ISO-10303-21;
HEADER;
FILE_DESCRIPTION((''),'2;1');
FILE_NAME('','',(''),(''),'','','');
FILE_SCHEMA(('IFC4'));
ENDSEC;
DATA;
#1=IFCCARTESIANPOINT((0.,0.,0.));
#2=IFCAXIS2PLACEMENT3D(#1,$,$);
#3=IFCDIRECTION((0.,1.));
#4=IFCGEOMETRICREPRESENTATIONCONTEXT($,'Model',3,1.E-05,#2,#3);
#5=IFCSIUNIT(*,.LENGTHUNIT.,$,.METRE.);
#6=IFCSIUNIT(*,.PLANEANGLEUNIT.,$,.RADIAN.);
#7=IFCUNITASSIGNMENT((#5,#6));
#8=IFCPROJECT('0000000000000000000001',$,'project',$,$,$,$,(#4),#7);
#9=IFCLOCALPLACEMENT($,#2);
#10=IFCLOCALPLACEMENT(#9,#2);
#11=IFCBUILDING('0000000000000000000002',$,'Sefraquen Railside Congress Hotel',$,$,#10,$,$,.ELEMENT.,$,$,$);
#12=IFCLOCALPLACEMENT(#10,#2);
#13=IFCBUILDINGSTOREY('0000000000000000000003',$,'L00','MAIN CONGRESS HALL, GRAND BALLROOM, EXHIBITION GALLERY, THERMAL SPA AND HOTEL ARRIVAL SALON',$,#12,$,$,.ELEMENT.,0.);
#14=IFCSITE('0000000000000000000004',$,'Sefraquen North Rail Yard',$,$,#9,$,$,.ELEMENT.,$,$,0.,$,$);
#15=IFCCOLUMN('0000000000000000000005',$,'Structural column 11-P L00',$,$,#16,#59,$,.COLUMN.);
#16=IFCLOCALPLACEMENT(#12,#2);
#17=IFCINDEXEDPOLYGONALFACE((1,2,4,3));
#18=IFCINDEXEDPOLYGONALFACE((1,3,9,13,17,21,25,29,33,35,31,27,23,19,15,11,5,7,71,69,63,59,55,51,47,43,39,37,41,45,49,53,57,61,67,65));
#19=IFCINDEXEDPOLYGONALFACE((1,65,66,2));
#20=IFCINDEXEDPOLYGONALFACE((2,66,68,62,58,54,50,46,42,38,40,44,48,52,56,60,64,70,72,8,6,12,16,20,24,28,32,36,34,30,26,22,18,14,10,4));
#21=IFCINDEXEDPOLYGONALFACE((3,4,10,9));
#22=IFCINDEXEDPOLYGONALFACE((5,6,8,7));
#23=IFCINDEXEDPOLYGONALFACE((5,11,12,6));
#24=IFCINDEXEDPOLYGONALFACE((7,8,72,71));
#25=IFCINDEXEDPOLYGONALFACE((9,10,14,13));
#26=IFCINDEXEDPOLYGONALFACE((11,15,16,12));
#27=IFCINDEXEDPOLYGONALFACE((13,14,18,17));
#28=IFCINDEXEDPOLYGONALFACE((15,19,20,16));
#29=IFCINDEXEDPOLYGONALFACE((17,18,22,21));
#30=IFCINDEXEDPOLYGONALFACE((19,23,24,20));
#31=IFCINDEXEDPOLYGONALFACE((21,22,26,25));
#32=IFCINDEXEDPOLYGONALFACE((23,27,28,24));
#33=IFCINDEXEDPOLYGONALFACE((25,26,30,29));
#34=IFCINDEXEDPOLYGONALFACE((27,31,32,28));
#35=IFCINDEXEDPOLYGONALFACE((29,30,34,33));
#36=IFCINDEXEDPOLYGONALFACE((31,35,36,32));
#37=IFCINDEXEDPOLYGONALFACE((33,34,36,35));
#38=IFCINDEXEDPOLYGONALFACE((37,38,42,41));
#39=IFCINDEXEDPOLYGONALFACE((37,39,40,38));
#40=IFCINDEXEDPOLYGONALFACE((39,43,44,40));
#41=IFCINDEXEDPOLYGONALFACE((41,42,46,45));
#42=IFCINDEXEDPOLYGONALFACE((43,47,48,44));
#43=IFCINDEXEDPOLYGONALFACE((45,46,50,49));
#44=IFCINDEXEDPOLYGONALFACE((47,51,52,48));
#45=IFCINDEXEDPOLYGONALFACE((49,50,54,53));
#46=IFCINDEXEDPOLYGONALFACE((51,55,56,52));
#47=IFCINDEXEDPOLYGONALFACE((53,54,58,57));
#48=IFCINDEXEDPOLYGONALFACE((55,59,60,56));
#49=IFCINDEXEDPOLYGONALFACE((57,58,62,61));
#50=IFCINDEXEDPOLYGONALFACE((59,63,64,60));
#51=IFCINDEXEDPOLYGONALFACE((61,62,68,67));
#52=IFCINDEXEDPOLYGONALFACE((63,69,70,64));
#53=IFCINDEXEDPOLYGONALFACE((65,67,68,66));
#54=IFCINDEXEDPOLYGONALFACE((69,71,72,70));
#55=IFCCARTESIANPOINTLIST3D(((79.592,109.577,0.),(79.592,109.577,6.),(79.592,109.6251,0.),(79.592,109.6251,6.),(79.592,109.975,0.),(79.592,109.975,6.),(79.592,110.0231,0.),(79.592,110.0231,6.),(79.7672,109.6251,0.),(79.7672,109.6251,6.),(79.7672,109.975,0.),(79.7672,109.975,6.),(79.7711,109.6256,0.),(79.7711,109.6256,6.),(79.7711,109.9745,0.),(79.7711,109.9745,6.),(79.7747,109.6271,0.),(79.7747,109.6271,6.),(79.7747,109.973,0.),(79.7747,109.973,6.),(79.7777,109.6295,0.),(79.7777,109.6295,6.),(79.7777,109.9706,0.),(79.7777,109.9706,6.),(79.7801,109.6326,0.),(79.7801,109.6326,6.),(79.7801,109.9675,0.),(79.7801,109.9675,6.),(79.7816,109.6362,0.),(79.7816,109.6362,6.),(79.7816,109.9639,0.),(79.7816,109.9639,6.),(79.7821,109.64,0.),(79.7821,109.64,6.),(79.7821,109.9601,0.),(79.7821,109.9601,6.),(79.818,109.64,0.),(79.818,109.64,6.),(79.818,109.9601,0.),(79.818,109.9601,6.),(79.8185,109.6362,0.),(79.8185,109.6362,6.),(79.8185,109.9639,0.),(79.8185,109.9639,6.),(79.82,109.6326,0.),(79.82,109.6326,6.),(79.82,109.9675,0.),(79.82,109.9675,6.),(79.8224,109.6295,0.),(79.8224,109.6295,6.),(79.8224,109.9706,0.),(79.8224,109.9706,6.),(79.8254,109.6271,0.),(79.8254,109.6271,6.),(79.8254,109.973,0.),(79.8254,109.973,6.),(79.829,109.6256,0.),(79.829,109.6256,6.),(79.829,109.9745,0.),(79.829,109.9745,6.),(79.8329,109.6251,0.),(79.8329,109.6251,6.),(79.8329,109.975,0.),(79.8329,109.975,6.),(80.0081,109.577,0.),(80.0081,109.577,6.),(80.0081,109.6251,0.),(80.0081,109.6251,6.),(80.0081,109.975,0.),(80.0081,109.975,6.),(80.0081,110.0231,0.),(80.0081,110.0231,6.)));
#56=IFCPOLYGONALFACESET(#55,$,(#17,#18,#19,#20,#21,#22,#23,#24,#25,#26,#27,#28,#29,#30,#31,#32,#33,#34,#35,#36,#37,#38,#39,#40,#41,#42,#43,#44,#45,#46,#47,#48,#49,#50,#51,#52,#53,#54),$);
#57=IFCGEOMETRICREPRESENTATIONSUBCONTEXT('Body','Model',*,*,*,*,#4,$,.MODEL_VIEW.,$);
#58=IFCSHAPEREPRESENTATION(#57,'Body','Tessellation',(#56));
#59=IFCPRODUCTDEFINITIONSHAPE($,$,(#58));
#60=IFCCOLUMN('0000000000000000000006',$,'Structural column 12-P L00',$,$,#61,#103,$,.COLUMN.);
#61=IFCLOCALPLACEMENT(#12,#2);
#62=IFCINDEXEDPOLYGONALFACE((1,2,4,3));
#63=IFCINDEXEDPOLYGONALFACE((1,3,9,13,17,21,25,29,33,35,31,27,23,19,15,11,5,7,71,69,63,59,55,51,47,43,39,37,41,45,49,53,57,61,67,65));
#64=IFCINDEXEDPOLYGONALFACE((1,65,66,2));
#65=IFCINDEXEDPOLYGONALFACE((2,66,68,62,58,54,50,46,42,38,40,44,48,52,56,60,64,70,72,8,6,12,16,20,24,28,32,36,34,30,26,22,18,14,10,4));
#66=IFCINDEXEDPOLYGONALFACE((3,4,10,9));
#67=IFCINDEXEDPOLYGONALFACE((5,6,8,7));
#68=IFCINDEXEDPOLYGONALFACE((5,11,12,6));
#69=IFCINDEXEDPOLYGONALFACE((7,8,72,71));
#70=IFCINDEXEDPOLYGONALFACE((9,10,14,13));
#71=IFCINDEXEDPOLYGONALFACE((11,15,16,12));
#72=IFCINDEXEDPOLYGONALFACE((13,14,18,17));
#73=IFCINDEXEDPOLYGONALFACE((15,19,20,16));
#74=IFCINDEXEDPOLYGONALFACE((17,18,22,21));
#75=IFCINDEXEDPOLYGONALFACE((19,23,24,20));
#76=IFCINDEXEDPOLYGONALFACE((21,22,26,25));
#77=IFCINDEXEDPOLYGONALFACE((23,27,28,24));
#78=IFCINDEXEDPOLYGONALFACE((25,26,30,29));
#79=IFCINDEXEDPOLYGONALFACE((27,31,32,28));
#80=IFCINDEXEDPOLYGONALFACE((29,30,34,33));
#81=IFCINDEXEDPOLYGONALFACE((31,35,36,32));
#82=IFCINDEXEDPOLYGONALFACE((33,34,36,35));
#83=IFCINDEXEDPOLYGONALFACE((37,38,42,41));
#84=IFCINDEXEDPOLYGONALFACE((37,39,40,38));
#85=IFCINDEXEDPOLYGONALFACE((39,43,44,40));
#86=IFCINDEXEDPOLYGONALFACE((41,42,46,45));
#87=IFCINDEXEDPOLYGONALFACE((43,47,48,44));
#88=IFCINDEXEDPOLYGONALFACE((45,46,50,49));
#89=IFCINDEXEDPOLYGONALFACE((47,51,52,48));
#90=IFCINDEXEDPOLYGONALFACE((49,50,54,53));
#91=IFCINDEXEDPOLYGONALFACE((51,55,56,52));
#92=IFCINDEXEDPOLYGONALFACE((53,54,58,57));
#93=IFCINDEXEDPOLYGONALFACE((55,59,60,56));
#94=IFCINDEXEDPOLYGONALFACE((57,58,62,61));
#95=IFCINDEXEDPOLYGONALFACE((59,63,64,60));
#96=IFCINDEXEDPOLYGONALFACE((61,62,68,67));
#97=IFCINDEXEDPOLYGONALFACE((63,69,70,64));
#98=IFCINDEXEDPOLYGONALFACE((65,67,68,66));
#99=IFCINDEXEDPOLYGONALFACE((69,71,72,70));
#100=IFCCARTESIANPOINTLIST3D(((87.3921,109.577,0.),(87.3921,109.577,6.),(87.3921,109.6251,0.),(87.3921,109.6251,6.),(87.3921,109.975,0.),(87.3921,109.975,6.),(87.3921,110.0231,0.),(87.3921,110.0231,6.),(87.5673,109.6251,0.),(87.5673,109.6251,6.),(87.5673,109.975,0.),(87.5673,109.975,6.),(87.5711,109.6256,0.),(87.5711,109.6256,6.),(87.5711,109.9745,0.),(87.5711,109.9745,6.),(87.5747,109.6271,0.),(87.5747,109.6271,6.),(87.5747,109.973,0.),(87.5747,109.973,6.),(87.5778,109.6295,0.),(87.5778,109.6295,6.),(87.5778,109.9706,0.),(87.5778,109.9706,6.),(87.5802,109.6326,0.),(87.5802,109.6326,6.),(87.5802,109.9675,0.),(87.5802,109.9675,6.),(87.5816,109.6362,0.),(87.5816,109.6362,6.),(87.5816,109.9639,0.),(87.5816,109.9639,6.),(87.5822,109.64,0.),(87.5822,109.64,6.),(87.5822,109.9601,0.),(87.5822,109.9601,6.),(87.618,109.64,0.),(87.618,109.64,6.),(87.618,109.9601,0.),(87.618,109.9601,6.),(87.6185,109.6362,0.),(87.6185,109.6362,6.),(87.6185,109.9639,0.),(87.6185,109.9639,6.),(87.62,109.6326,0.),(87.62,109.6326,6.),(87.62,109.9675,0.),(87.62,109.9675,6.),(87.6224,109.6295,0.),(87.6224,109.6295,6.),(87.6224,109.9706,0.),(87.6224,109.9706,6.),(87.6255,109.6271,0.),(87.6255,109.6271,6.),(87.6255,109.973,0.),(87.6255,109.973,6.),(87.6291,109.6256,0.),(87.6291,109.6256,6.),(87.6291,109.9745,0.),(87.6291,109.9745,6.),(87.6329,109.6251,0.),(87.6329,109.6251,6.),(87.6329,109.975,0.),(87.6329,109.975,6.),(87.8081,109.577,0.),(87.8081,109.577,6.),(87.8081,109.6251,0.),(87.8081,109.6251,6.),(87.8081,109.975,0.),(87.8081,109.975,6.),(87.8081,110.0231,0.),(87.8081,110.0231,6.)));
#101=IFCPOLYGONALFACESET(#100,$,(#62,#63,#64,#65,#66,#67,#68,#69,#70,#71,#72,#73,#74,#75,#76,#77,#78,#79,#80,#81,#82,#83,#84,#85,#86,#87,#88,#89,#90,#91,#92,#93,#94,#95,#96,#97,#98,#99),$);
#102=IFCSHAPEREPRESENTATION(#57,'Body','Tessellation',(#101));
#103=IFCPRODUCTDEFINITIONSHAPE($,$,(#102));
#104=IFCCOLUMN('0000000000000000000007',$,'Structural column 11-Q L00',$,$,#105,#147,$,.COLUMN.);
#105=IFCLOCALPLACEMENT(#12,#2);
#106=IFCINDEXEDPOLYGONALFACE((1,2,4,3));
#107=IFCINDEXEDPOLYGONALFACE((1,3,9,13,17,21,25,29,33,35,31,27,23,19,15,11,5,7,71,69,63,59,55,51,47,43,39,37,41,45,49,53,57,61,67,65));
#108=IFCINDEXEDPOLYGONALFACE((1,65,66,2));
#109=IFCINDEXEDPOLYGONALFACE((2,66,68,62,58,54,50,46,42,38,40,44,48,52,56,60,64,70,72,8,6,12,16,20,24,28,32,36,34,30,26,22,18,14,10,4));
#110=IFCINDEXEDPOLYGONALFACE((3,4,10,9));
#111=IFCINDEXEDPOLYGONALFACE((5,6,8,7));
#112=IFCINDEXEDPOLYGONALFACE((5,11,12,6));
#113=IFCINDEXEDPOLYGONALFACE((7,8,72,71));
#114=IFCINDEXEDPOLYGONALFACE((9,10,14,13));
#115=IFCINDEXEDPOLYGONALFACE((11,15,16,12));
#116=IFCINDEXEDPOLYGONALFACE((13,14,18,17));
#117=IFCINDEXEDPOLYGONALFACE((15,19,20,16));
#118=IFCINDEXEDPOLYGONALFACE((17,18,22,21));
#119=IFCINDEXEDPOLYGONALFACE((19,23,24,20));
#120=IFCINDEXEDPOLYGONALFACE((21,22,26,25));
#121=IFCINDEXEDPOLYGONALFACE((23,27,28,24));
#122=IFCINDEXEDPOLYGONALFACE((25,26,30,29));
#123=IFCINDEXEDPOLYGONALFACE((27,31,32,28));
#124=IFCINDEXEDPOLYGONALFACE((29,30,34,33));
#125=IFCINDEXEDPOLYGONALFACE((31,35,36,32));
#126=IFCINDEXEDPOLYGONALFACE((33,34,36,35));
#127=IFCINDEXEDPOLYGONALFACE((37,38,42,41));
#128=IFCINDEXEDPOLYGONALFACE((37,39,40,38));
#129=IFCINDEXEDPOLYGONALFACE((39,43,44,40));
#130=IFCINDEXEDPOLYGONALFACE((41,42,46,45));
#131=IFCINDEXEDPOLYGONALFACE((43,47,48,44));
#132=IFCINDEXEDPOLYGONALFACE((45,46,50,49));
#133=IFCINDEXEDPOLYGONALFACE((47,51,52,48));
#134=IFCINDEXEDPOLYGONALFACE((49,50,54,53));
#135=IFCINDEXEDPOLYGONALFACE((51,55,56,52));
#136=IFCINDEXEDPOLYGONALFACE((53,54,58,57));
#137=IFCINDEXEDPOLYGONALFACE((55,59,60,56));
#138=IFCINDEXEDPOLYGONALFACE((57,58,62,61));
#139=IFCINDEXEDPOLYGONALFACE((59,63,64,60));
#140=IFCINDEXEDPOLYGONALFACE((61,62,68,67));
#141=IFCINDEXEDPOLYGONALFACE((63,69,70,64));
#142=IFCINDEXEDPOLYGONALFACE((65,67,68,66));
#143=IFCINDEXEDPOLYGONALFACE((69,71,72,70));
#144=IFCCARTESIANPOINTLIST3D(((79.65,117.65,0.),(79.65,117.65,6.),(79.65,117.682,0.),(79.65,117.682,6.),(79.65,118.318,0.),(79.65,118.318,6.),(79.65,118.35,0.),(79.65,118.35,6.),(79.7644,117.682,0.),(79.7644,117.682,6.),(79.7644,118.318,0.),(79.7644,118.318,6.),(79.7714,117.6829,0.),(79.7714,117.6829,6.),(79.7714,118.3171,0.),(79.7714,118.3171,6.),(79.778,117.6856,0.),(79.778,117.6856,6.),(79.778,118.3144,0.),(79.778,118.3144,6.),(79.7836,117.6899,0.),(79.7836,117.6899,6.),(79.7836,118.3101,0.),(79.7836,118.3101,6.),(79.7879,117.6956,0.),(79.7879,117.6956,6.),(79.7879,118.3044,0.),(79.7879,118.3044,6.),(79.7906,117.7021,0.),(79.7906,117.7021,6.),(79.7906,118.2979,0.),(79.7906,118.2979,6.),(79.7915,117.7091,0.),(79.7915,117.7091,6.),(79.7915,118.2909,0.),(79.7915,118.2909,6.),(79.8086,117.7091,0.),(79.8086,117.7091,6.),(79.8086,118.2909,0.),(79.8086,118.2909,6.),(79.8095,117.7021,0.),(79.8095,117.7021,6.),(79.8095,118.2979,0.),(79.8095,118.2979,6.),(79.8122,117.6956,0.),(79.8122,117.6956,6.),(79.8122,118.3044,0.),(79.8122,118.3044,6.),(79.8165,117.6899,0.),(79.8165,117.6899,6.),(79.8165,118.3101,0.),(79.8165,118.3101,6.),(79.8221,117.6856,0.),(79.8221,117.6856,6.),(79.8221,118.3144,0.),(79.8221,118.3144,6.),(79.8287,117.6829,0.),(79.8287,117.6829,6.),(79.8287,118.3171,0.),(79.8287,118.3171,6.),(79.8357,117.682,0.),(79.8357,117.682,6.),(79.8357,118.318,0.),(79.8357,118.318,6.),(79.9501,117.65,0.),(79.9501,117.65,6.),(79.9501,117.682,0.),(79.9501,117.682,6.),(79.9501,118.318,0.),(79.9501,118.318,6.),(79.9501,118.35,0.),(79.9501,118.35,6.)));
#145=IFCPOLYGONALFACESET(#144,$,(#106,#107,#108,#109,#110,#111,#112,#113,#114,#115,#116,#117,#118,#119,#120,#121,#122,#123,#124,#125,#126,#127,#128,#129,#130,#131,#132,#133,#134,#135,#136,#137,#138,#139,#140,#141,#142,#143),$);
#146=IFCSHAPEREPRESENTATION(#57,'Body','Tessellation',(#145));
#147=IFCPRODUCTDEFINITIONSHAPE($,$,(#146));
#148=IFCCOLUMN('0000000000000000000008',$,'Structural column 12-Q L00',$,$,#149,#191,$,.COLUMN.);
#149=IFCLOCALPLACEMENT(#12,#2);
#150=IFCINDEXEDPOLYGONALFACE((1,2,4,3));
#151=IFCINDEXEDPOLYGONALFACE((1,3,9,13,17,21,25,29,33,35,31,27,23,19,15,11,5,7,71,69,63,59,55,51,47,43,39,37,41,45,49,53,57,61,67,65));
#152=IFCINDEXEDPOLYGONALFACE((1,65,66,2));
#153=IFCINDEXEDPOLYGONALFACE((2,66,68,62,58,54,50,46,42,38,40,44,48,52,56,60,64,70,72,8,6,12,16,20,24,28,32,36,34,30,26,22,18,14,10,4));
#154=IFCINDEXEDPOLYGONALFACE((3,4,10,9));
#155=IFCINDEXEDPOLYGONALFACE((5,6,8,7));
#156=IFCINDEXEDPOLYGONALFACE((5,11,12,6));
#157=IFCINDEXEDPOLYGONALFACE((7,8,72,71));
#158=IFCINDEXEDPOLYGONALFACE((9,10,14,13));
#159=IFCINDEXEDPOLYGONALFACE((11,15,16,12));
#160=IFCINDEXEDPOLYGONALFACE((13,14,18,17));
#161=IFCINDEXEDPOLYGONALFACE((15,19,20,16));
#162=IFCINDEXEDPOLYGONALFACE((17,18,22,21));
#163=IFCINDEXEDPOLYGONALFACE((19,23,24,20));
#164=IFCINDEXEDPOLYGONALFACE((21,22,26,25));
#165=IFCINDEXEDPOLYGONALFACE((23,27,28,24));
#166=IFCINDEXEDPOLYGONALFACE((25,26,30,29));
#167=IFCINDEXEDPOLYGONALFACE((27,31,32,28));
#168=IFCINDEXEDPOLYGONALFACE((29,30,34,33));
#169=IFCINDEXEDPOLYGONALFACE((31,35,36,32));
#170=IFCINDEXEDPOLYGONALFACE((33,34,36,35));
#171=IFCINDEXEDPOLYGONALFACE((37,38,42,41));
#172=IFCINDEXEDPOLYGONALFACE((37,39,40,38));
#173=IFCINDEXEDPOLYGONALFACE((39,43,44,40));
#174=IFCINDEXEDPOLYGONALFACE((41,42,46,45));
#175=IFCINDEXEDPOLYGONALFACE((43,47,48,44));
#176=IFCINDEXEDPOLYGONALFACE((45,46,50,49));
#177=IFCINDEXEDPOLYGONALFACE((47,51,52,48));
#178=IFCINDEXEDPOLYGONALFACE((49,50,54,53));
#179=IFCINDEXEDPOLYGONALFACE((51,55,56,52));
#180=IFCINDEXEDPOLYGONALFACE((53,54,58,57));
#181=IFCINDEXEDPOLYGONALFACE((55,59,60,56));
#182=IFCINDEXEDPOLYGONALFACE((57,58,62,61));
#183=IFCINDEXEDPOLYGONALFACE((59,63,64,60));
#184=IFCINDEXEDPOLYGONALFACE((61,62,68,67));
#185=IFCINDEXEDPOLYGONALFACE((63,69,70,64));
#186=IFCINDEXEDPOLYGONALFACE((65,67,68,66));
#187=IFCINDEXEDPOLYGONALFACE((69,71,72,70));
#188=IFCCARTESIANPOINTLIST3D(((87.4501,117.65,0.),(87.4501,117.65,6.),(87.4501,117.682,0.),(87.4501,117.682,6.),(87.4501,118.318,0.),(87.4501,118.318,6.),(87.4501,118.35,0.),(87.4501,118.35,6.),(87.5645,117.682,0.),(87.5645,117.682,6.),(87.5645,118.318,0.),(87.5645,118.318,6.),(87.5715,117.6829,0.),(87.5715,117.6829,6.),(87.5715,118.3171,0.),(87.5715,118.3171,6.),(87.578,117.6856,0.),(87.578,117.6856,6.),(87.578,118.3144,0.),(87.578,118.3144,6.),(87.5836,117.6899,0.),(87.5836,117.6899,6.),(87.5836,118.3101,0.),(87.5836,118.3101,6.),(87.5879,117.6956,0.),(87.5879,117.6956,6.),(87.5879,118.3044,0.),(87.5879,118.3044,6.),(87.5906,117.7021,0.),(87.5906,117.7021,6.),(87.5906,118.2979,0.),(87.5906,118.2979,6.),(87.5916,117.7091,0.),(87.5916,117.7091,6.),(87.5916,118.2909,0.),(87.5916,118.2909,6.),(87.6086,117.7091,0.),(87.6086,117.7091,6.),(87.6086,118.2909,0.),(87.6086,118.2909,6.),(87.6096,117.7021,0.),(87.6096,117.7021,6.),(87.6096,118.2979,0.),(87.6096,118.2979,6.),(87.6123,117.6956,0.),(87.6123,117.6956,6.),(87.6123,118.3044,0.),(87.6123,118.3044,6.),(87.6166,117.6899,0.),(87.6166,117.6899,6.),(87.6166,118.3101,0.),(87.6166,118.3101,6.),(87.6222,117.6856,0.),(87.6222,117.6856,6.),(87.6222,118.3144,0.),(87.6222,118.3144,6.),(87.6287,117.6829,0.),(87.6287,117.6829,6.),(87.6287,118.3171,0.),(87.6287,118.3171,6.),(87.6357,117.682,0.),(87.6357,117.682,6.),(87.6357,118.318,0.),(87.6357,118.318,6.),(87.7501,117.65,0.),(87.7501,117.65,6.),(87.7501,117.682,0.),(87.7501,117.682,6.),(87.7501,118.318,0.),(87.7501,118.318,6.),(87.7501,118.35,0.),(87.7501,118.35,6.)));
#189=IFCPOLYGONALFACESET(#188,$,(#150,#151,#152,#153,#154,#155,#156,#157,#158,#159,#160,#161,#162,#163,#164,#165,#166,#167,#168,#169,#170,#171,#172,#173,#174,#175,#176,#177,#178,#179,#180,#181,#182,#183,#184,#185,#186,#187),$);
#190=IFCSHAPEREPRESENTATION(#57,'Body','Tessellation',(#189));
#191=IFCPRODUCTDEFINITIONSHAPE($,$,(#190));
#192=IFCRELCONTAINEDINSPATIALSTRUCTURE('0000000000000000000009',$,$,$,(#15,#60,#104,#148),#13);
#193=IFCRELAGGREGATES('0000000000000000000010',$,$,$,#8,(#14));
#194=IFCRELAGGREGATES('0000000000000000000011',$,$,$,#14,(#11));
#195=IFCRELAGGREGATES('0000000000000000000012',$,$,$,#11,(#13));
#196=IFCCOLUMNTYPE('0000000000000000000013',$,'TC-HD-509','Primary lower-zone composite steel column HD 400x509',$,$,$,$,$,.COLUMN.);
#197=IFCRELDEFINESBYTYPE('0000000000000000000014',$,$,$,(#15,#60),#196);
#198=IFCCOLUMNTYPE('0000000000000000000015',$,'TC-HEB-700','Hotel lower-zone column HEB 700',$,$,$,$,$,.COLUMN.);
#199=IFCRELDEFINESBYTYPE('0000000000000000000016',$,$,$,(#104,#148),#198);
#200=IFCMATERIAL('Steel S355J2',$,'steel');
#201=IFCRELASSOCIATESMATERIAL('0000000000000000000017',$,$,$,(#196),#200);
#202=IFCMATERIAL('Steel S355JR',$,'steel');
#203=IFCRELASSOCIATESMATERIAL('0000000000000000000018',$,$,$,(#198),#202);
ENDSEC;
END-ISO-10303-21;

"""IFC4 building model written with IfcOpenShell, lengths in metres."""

from ifc_helpers import new_model, si_unit, direction, frame, origin, origin_2d, place, context, subcontext, project, spatial, i_section, extrude, material, material_profile, profile_set, type_object, element, save


model = new_model("IFC4")

# Units and contexts
model_context = context("Model", 3, precision=1e-05, world=origin(), true_north=direction((0.0, 1.0)))
body_context = subcontext(model_context, "Body", "Model", "MODEL_VIEW")
ifc_project = project(units=[si_unit("LENGTHUNIT", "METRE"), si_unit("PLANEANGLEUNIT", "RADIAN")], contexts=[model_context])

# Site, building, storey
site_placement = place(None, origin())
site = spatial("IfcSite", under=ifc_project, at=site_placement, Name="Sefraquen North Rail Yard", CompositionType="ELEMENT", RefElevation=0.0)
building_placement = place(site_placement, origin())
building = spatial("IfcBuilding", under=site, at=building_placement, Name="Sefraquen Railside Congress Hotel", CompositionType="ELEMENT")
storey_placement = place(building_placement, origin())
storey = spatial("IfcBuildingStorey", under=building, at=storey_placement, Name="L00", Description="MAIN CONGRESS HALL, GRAND BALLROOM, EXHIBITION GALLERY, THERMAL SPA AND HOTEL ARRIVAL SALON", CompositionType="ELEMENT", Elevation=0.0)

# Columns
ifc_material_1 = material(Name="Steel S355J2", Category="steel")
ifc_material_profile_1 = material_profile(ifc_material_1, i_section(OverallWidth=0.416, OverallDepth=0.446, WebThickness=0.0359, FlangeThickness=0.0481, FilletRadius=0.0149, at=origin_2d()), Name="HD 400x509")
ifc_profile_set_1 = profile_set([ifc_material_profile_1], Name="Steel S355J2")
column_type_1 = type_object("IfcColumnType", Name="TC-HD-509", Description="Primary lower-zone composite steel column HD 400x509", PredefinedType="COLUMN", material=ifc_profile_set_1)
for number, where, z_axis, x_axis, name in (
    (1, (79.8, 109.8, 0.0), (0.0, 0.0, 1.0), (1.0, 0.0, 0.0), "Structural column 11-P L00"),
    (2, (87.6001, 109.8, 0.0), (0.0, 0.0, 1.0), (1.0, 0.0, 0.0), "Structural column 12-P L00"),
):
    element("IfcColumn", number, at=place(storey_placement, frame(where, z_axis=z_axis, x_axis=x_axis)), inside=storey, type_object=column_type_1, Name=name, PredefinedType="COLUMN", context=body_context, shape_type="SweptSolid", body=[
        extrude(i_section(OverallWidth=0.416, OverallDepth=0.446, WebThickness=0.0359, FlangeThickness=0.0481, FilletRadius=0.0149, at=origin_2d()), origin(), (0.0, 0.0, 1.0), 6.0),
    ])
ifc_material_2 = material(Name="Steel S355JR", Category="steel")
ifc_material_profile_2 = material_profile(ifc_material_2, i_section(OverallWidth=0.3, OverallDepth=0.7, WebThickness=0.0171, FlangeThickness=0.032, FilletRadius=0.0271, at=origin_2d()), Name="HEB 700")
ifc_profile_set_2 = profile_set([ifc_material_profile_2], Name="Steel S355JR")
column_type_2 = type_object("IfcColumnType", Name="TC-HEB-700", Description="Hotel lower-zone column HEB 700", PredefinedType="COLUMN", material=ifc_profile_set_2)
for number, where, z_axis, x_axis, name in (
    (3, (79.8, 118.0, 0.0), (0.0, 0.0, 1.0), (1.0, 0.0, 0.0), "Structural column 11-Q L00"),
    (4, (87.6001, 118.0, 0.0), (0.0, 0.0, 1.0), (1.0, 0.0, 0.0), "Structural column 12-Q L00"),
):
    element("IfcColumn", number, at=place(storey_placement, frame(where, z_axis=z_axis, x_axis=x_axis)), inside=storey, type_object=column_type_2, Name=name, PredefinedType="COLUMN", context=body_context, shape_type="SweptSolid", body=[
        extrude(i_section(OverallWidth=0.3, OverallDepth=0.7, WebThickness=0.0171, FlangeThickness=0.032, FilletRadius=0.0271, at=origin_2d()), origin(), (0.0, 0.0, 1.0), 6.0),
    ])

save(model, "model.ifc")
